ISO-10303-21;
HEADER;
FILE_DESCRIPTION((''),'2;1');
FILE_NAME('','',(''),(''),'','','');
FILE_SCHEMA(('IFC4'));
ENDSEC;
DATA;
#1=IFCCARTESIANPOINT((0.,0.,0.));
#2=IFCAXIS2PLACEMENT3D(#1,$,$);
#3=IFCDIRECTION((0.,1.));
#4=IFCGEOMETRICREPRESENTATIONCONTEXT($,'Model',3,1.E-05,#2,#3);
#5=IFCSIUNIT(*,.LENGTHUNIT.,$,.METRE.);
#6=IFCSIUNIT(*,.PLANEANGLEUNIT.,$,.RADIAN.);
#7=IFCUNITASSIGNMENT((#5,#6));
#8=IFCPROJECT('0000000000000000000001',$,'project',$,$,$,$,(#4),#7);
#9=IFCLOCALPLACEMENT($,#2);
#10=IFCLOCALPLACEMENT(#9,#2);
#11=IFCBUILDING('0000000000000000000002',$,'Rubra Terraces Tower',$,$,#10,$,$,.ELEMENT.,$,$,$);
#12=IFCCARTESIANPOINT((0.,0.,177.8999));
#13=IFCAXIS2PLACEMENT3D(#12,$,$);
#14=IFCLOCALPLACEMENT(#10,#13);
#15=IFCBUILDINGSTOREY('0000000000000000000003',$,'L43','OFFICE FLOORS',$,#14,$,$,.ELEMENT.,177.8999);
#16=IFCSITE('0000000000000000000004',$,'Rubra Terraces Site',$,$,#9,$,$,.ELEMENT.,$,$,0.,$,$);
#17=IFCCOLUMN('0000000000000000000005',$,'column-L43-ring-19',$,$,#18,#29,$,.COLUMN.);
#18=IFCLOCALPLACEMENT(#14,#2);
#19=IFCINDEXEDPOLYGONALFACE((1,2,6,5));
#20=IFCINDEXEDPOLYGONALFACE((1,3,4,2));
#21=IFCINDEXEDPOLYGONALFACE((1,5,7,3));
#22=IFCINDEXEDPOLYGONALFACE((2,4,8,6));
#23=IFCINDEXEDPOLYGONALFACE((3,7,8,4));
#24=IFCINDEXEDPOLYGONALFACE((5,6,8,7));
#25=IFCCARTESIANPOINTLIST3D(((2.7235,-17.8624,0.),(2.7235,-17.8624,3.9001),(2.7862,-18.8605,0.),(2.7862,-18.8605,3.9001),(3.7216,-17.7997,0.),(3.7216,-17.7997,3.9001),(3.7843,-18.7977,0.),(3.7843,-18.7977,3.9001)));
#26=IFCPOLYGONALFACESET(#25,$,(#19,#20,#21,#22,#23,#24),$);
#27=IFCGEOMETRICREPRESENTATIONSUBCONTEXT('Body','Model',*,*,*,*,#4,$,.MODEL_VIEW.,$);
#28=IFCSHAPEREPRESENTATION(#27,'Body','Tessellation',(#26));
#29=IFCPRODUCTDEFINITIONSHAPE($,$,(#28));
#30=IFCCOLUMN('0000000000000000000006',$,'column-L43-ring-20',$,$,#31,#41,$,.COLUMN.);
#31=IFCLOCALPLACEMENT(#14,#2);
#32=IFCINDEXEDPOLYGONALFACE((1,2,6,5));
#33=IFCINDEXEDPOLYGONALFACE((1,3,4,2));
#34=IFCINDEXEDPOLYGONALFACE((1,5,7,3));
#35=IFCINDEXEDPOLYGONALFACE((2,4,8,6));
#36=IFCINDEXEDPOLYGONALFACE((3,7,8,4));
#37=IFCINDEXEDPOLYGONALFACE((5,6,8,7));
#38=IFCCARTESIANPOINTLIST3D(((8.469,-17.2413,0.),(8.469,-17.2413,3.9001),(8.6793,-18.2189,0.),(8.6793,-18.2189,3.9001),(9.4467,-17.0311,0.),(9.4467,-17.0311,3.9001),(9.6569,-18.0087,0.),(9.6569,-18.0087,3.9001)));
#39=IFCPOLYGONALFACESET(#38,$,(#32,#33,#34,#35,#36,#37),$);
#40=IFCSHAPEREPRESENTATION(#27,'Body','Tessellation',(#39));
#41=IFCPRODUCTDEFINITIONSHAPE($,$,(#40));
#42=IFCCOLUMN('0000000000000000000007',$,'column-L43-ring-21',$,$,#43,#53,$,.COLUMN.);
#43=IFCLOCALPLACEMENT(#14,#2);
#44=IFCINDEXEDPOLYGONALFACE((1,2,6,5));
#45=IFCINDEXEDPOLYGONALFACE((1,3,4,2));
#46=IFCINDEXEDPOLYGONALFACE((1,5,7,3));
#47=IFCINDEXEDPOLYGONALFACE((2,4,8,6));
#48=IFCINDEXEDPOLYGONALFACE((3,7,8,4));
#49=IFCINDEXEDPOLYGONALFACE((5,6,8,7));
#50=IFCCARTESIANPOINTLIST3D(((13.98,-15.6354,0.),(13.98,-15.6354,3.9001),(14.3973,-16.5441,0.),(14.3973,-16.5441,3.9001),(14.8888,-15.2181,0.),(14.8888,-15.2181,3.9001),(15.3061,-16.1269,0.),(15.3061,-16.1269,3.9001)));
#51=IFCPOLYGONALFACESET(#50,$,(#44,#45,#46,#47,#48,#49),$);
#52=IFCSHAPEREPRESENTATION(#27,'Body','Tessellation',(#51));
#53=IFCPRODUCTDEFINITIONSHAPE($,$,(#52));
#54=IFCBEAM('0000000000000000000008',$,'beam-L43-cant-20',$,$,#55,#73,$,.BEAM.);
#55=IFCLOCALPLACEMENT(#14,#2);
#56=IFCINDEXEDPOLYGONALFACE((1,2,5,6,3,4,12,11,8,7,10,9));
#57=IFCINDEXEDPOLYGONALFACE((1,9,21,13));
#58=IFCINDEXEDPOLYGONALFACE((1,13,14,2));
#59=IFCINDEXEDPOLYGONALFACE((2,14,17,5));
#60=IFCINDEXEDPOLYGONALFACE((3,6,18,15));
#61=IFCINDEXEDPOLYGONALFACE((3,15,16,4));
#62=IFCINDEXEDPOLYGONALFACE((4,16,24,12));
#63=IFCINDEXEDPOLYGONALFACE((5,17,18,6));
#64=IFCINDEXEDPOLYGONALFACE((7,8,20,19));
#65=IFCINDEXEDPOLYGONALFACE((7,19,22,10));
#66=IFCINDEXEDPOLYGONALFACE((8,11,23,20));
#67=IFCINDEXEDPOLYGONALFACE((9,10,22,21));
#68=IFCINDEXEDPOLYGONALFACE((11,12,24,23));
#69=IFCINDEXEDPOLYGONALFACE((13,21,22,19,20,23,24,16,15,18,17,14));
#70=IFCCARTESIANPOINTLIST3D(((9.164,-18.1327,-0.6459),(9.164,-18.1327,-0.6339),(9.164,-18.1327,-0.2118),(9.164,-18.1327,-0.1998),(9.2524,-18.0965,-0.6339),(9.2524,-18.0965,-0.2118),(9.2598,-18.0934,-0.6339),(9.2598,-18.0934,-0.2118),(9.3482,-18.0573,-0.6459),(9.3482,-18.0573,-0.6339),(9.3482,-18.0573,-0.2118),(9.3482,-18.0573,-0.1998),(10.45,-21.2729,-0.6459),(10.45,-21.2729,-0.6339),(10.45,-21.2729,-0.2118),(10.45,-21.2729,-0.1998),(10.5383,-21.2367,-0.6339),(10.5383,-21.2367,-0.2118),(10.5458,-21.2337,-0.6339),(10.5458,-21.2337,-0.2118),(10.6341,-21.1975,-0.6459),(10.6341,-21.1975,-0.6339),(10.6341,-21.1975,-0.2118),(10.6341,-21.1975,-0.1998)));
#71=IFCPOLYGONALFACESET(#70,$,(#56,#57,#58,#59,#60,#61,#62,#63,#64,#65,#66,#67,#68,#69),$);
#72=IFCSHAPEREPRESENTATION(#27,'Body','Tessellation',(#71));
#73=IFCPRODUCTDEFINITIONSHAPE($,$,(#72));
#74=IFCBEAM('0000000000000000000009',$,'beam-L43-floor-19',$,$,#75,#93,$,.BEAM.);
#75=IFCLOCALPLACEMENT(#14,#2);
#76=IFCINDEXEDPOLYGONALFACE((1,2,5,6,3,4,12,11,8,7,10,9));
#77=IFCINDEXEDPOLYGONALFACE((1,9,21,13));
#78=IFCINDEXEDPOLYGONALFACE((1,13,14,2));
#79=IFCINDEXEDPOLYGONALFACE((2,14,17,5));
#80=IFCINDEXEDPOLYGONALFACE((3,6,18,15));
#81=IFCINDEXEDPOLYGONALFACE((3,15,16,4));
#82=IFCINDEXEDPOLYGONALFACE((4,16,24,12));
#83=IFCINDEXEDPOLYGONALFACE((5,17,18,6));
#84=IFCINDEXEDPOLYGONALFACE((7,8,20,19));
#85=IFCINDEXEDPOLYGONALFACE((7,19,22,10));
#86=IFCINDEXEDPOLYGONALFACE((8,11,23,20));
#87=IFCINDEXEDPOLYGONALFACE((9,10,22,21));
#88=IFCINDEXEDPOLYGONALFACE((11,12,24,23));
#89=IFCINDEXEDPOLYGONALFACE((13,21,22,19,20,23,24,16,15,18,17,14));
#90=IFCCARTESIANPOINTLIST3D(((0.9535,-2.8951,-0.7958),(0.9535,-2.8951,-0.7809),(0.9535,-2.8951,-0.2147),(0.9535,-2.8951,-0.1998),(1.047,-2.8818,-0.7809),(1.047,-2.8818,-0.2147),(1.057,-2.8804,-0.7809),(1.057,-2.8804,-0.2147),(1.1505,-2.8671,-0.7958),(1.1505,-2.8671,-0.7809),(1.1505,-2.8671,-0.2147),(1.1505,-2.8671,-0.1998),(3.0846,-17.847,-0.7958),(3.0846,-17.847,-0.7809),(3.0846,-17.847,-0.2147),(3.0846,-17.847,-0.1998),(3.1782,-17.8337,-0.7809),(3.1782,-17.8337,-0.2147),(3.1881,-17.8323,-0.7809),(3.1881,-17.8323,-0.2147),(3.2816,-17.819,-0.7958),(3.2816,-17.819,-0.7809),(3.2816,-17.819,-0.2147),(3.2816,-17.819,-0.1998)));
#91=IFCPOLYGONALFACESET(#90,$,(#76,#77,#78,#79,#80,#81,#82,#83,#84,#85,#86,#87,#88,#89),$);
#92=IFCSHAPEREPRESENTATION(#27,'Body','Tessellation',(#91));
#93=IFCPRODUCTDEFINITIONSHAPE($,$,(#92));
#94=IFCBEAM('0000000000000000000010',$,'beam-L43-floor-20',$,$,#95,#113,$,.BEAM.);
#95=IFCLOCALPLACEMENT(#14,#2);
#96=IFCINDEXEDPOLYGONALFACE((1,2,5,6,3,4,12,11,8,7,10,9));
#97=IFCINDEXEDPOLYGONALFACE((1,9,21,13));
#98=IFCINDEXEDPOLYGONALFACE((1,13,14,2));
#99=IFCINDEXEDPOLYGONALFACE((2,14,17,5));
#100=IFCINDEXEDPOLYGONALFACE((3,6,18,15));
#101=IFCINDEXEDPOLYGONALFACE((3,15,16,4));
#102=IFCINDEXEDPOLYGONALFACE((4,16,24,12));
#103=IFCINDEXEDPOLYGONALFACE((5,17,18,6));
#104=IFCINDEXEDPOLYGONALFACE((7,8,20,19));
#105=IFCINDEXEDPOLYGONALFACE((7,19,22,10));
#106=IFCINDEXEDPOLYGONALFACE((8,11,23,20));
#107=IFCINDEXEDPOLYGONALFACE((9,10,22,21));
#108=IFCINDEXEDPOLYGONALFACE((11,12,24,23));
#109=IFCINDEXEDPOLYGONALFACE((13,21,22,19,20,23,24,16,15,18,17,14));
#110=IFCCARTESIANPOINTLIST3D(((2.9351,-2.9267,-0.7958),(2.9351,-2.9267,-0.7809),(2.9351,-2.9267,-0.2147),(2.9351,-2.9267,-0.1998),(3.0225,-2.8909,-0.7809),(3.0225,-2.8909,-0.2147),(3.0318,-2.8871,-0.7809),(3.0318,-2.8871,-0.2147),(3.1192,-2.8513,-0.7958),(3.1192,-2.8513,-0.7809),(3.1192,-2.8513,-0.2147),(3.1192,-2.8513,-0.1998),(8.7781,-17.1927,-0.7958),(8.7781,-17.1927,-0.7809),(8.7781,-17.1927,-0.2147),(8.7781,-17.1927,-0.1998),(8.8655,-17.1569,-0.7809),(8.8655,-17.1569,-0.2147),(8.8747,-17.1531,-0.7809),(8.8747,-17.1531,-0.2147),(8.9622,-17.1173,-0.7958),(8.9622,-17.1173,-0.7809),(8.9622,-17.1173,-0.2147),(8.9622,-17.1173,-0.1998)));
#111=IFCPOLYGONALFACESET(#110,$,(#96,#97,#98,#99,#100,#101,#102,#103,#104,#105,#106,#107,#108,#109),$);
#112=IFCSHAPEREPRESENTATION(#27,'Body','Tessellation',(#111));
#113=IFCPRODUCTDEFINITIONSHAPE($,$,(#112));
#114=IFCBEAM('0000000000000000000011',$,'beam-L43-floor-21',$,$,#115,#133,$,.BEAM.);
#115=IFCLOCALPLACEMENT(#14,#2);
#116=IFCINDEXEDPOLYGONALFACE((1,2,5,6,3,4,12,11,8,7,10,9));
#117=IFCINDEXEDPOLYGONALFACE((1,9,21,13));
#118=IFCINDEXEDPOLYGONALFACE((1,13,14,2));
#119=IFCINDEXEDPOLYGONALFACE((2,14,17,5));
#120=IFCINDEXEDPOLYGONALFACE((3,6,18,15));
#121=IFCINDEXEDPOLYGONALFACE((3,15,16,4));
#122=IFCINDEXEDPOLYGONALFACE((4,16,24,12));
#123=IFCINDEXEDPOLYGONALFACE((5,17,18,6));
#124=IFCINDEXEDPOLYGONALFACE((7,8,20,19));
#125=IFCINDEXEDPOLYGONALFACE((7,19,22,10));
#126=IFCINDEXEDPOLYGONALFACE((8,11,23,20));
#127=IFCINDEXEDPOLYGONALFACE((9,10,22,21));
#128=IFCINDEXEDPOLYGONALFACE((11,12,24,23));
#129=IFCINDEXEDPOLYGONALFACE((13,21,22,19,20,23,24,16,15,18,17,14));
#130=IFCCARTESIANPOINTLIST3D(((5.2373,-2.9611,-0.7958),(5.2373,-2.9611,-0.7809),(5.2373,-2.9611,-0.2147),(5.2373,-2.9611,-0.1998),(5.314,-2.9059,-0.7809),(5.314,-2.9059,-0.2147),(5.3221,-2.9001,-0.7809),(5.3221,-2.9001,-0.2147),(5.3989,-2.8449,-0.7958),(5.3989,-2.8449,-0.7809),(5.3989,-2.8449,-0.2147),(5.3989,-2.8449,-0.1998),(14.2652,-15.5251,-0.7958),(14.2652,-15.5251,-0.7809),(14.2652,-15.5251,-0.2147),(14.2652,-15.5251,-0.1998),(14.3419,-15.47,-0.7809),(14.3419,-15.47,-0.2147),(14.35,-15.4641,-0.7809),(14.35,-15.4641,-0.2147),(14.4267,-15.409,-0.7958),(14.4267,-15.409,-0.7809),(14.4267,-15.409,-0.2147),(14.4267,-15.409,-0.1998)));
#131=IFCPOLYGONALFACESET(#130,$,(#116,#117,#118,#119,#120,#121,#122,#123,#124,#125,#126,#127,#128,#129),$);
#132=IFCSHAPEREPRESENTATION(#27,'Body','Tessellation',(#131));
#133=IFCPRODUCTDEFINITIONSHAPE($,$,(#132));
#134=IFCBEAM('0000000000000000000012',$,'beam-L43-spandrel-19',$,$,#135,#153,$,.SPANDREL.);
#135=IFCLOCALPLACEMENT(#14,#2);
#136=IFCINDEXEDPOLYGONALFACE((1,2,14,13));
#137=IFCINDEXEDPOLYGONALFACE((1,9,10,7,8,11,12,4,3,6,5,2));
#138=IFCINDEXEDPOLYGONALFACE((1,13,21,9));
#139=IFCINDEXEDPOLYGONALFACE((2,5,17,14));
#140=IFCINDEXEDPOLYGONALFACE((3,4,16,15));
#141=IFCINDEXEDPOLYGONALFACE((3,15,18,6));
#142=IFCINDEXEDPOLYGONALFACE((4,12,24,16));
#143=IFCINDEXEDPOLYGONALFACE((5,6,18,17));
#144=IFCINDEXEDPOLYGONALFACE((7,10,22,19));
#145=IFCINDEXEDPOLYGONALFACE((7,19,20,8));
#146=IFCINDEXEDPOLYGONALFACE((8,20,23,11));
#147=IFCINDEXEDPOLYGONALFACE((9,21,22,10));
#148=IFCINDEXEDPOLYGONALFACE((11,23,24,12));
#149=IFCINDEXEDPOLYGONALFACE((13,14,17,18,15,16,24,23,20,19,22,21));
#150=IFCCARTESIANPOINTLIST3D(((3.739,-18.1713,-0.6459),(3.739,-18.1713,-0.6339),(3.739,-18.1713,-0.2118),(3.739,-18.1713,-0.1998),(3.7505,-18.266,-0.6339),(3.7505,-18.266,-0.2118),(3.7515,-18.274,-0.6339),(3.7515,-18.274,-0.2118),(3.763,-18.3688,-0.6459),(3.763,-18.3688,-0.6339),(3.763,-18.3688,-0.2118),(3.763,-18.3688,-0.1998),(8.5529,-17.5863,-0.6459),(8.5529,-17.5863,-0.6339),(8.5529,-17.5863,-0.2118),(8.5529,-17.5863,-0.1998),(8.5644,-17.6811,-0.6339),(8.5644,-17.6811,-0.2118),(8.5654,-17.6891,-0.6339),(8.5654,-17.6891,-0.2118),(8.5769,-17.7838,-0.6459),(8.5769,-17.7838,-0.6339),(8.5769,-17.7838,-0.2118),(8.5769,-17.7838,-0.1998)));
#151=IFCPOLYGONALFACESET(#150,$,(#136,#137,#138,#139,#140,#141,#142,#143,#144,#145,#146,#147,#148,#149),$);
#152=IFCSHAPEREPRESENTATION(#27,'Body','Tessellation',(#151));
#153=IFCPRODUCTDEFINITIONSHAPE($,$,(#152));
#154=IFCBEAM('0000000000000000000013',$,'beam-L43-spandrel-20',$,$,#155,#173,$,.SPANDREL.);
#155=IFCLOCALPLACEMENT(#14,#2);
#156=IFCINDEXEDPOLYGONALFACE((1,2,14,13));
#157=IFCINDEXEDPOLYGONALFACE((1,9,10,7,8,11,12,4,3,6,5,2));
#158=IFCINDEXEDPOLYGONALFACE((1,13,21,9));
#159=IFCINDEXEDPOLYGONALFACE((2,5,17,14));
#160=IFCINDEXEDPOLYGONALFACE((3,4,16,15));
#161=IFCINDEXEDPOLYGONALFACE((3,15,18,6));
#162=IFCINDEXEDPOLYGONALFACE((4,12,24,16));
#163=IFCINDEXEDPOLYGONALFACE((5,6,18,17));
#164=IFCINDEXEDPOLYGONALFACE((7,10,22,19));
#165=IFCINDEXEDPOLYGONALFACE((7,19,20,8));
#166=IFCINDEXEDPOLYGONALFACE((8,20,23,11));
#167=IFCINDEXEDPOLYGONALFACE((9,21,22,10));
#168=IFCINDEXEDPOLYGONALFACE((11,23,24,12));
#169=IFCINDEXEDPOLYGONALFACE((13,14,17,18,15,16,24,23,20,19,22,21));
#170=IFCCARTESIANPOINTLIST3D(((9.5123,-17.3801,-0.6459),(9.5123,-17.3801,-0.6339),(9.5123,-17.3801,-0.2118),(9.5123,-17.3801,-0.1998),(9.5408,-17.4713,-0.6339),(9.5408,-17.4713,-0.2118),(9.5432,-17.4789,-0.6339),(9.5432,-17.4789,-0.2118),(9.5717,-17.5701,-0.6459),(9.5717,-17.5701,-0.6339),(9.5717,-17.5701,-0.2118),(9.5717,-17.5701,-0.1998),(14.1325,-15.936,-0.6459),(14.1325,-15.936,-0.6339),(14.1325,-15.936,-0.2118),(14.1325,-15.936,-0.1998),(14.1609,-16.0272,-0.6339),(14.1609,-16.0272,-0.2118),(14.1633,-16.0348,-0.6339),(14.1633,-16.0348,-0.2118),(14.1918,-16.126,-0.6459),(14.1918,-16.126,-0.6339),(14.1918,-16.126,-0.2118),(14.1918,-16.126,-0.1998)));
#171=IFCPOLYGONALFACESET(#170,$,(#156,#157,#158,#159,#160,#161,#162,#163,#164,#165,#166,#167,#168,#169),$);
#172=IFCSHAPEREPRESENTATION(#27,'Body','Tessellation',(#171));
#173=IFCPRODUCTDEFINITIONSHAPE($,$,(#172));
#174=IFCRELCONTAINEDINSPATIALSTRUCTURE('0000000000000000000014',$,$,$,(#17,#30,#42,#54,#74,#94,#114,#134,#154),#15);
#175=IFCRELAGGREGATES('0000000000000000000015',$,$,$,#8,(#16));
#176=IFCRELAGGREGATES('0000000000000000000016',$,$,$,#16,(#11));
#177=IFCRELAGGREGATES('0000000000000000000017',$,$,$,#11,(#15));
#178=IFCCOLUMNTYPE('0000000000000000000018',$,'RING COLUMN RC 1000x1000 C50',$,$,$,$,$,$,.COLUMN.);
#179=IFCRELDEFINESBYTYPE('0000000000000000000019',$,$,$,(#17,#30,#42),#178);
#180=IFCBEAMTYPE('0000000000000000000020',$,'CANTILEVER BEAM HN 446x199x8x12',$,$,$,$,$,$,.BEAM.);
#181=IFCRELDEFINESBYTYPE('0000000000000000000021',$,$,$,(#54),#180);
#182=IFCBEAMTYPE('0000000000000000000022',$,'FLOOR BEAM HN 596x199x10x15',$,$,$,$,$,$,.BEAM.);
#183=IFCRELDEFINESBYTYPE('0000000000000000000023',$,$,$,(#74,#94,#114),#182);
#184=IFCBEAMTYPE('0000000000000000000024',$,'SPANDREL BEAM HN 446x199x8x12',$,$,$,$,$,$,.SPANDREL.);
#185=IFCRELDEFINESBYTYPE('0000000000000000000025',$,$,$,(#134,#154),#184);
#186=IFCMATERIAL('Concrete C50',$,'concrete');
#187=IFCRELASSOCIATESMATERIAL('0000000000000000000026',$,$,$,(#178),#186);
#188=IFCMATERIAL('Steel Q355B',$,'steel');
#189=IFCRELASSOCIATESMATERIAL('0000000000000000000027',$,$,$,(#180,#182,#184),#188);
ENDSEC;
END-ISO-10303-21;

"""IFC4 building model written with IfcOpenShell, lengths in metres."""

from ifc_helpers import new_model, si_unit, direction, frame, origin, origin_2d, place, context, subcontext, project, spatial, rectangle, i_section, extrude, material, material_profile, profile_set, type_object, element, save


model = new_model("IFC4")

# Units and contexts
model_context = context("Model", 3, precision=1e-05, world=origin(), true_north=direction((0.0, 1.0)))
body_context = subcontext(model_context, "Body", "Model", "MODEL_VIEW")
ifc_project = project(units=[si_unit("LENGTHUNIT", "METRE"), si_unit("PLANEANGLEUNIT", "RADIAN")], contexts=[model_context])

# Site, building, storey
site_placement = place(None, origin())
site = spatial("IfcSite", under=ifc_project, at=site_placement, Name="Rubra Terraces Site", CompositionType="ELEMENT", RefElevation=0.0)
building_placement = place(site_placement, origin())
building = spatial("IfcBuilding", under=site, at=building_placement, Name="Rubra Terraces Tower", CompositionType="ELEMENT")
storey_placement = place(building_placement, frame((0.0, 0.0, 177.8999)))
storey = spatial("IfcBuildingStorey", under=building, at=storey_placement, Name="L43", Description="OFFICE FLOORS", CompositionType="ELEMENT", Elevation=177.8999)

# Columns
ifc_material_1 = material(Name="Concrete C50", Category="concrete")
ifc_material_profile_1 = material_profile(ifc_material_1, rectangle(XDim=1.0, YDim=1.0, at=origin_2d()), Name="RC 1000x1000")
ifc_profile_set_1 = profile_set([ifc_material_profile_1], Name="Concrete C50")
column_type = type_object("IfcColumnType", Name="RING COLUMN RC 1000x1000 C50", PredefinedType="COLUMN", material=ifc_profile_set_1)
for number, where, z_axis, x_axis, name in (
    (1, (3.2539, -18.3301, 0.0), (0.0, 0.0, 1.0), (0.998032, 0.062714, 0.0), "column-L43-ring-19"),
    (2, (9.063, -17.625, 0.0), (0.0, 0.0, 1.0), (0.977653, 0.210227, 0.0), "column-L43-ring-20"),
    (3, (14.6431, -15.8811, 0.0), (0.0, 0.0, 1.0), (0.908779, 0.417279, 0.0), "column-L43-ring-21"),
):
    element("IfcColumn", number, at=place(storey_placement, frame(where, z_axis=z_axis, x_axis=x_axis)), inside=storey, type_object=column_type, Name=name, PredefinedType="COLUMN", context=body_context, shape_type="SweptSolid", body=[
        extrude(rectangle(XDim=1.0, YDim=1.0, at=origin_2d()), origin(), (0.0, 0.0, 1.0), 3.9001),
    ])

# Beams
ifc_material_2 = material(Name="Steel Q355B", Category="steel")
ifc_material_profile_2 = material_profile(ifc_material_2, i_section(OverallWidth=0.199, OverallDepth=0.446, WebThickness=0.0081, FlangeThickness=0.012, at=origin_2d()), Name="HN 446x199x8x12")
ifc_profile_set_2 = profile_set([ifc_material_profile_2], Name="Steel Q355B")
beam_type_1 = type_object("IfcBeamType", Name="CANTILEVER BEAM HN 446x199x8x12", PredefinedType="BEAM", material=ifc_profile_set_2)
beam_1_placement = place(storey_placement, frame((9.2561, -18.095, -0.4229), z_axis=(0.378958, -0.925414, 0.0), x_axis=(0.925414, 0.378958, 0.0)))
element("IfcBeam", 4, at=beam_1_placement, inside=storey, type_object=beam_type_1, Name="beam-L43-cant-20", PredefinedType="BEAM", context=body_context, shape_type="SweptSolid", body=[
    extrude(i_section(OverallWidth=0.199, OverallDepth=0.446, WebThickness=0.0081, FlangeThickness=0.012, at=origin_2d()), origin(), (0.0, 0.0, 1.0), 3.3933),
])
ifc_material_profile_3 = material_profile(ifc_material_2, i_section(OverallWidth=0.199, OverallDepth=0.5959, WebThickness=0.01, FlangeThickness=0.0149, at=origin_2d()), Name="HN 596x199x10x15")
ifc_profile_set_3 = profile_set([ifc_material_profile_3], Name="Steel Q355B")
beam_type_2 = type_object("IfcBeamType", Name="FLOOR BEAM HN 596x199x10x15", PredefinedType="BEAM", material=ifc_profile_set_3)
beam_2_placement = place(storey_placement, frame((3.1831, -17.833, -0.4978), z_axis=(-0.141105, 0.989995, 0.0), x_axis=(-0.989995, -0.141105, 0.0)))
element("IfcBeam", 5, at=beam_2_placement, inside=storey, type_object=beam_type_2, Name="beam-L43-floor-19", PredefinedType="BEAM", context=body_context, shape_type="SweptSolid", body=[
    extrude(i_section(OverallWidth=0.199, OverallDepth=0.5959, WebThickness=0.01, FlangeThickness=0.0149, at=origin_2d()), origin(), (0.0, 0.0, 1.0), 15.103),
])
beam_3_placement = place(storey_placement, frame((8.8701, -17.155, -0.4978), z_axis=(-0.379015, 0.92539, 0.0), x_axis=(-0.92539, -0.379015, 0.0)))
element("IfcBeam", 6, at=beam_3_placement, inside=storey, type_object=beam_type_2, Name="beam-L43-floor-20", PredefinedType="BEAM", context=body_context, shape_type="SweptSolid", body=[
    extrude(i_section(OverallWidth=0.199, OverallDepth=0.5959, WebThickness=0.01, FlangeThickness=0.0149, at=origin_2d()), origin(), (0.0, 0.0, 1.0), 15.4163),
])
beam_4_placement = place(storey_placement, frame((14.3459, -15.467, -0.4978), z_axis=(-0.583529, 0.812092, 0.0), x_axis=(-0.812092, -0.583529, 0.0)))
element("IfcBeam", 7, at=beam_4_placement, inside=storey, type_object=beam_type_2, Name="beam-L43-floor-21", PredefinedType="BEAM", context=body_context, shape_type="SweptSolid", body=[
    extrude(i_section(OverallWidth=0.199, OverallDepth=0.5959, WebThickness=0.01, FlangeThickness=0.0149, at=origin_2d()), origin(), (0.0, 0.0, 1.0), 15.4712),
])
ifc_material_profile_4 = material_profile(ifc_material_2, i_section(OverallWidth=0.199, OverallDepth=0.446, WebThickness=0.0081, FlangeThickness=0.012, at=origin_2d()), Name="HN 446x199x8x12")
ifc_profile_set_4 = profile_set([ifc_material_profile_4], Name="Steel Q355B")
beam_type_3 = type_object("IfcBeamType", Name="SPANDREL BEAM HN 446x199x8x12", PredefinedType="SPANDREL", material=ifc_profile_set_4)
beam_5_placement = place(storey_placement, frame((3.751, -18.27, -0.4229), z_axis=(0.992698, 0.120626, 0.0), x_axis=(-0.120626, 0.992698, 0.0)))
element("IfcBeam", 8, at=beam_5_placement, inside=storey, type_object=beam_type_3, Name="beam-L43-spandrel-19", PredefinedType="SPANDREL", context=body_context, shape_type="SweptSolid", body=[
    extrude(i_section(OverallWidth=0.199, OverallDepth=0.446, WebThickness=0.0081, FlangeThickness=0.012, at=origin_2d()), origin(), (0.0, 0.0, 1.0), 4.8494),
])
beam_6_placement = place(storey_placement, frame((9.542, -17.4751, -0.4229), z_axis=(0.954462, 0.298332, 0.0), x_axis=(-0.298332, 0.954462, 0.0)))
element("IfcBeam", 9, at=beam_6_placement, inside=storey, type_object=beam_type_3, Name="beam-L43-spandrel-20", PredefinedType="SPANDREL", context=body_context, shape_type="SweptSolid", body=[
    extrude(i_section(OverallWidth=0.199, OverallDepth=0.446, WebThickness=0.0081, FlangeThickness=0.012, at=origin_2d()), origin(), (0.0, 0.0, 1.0), 4.8406),
])

save(model, "model.ifc")
